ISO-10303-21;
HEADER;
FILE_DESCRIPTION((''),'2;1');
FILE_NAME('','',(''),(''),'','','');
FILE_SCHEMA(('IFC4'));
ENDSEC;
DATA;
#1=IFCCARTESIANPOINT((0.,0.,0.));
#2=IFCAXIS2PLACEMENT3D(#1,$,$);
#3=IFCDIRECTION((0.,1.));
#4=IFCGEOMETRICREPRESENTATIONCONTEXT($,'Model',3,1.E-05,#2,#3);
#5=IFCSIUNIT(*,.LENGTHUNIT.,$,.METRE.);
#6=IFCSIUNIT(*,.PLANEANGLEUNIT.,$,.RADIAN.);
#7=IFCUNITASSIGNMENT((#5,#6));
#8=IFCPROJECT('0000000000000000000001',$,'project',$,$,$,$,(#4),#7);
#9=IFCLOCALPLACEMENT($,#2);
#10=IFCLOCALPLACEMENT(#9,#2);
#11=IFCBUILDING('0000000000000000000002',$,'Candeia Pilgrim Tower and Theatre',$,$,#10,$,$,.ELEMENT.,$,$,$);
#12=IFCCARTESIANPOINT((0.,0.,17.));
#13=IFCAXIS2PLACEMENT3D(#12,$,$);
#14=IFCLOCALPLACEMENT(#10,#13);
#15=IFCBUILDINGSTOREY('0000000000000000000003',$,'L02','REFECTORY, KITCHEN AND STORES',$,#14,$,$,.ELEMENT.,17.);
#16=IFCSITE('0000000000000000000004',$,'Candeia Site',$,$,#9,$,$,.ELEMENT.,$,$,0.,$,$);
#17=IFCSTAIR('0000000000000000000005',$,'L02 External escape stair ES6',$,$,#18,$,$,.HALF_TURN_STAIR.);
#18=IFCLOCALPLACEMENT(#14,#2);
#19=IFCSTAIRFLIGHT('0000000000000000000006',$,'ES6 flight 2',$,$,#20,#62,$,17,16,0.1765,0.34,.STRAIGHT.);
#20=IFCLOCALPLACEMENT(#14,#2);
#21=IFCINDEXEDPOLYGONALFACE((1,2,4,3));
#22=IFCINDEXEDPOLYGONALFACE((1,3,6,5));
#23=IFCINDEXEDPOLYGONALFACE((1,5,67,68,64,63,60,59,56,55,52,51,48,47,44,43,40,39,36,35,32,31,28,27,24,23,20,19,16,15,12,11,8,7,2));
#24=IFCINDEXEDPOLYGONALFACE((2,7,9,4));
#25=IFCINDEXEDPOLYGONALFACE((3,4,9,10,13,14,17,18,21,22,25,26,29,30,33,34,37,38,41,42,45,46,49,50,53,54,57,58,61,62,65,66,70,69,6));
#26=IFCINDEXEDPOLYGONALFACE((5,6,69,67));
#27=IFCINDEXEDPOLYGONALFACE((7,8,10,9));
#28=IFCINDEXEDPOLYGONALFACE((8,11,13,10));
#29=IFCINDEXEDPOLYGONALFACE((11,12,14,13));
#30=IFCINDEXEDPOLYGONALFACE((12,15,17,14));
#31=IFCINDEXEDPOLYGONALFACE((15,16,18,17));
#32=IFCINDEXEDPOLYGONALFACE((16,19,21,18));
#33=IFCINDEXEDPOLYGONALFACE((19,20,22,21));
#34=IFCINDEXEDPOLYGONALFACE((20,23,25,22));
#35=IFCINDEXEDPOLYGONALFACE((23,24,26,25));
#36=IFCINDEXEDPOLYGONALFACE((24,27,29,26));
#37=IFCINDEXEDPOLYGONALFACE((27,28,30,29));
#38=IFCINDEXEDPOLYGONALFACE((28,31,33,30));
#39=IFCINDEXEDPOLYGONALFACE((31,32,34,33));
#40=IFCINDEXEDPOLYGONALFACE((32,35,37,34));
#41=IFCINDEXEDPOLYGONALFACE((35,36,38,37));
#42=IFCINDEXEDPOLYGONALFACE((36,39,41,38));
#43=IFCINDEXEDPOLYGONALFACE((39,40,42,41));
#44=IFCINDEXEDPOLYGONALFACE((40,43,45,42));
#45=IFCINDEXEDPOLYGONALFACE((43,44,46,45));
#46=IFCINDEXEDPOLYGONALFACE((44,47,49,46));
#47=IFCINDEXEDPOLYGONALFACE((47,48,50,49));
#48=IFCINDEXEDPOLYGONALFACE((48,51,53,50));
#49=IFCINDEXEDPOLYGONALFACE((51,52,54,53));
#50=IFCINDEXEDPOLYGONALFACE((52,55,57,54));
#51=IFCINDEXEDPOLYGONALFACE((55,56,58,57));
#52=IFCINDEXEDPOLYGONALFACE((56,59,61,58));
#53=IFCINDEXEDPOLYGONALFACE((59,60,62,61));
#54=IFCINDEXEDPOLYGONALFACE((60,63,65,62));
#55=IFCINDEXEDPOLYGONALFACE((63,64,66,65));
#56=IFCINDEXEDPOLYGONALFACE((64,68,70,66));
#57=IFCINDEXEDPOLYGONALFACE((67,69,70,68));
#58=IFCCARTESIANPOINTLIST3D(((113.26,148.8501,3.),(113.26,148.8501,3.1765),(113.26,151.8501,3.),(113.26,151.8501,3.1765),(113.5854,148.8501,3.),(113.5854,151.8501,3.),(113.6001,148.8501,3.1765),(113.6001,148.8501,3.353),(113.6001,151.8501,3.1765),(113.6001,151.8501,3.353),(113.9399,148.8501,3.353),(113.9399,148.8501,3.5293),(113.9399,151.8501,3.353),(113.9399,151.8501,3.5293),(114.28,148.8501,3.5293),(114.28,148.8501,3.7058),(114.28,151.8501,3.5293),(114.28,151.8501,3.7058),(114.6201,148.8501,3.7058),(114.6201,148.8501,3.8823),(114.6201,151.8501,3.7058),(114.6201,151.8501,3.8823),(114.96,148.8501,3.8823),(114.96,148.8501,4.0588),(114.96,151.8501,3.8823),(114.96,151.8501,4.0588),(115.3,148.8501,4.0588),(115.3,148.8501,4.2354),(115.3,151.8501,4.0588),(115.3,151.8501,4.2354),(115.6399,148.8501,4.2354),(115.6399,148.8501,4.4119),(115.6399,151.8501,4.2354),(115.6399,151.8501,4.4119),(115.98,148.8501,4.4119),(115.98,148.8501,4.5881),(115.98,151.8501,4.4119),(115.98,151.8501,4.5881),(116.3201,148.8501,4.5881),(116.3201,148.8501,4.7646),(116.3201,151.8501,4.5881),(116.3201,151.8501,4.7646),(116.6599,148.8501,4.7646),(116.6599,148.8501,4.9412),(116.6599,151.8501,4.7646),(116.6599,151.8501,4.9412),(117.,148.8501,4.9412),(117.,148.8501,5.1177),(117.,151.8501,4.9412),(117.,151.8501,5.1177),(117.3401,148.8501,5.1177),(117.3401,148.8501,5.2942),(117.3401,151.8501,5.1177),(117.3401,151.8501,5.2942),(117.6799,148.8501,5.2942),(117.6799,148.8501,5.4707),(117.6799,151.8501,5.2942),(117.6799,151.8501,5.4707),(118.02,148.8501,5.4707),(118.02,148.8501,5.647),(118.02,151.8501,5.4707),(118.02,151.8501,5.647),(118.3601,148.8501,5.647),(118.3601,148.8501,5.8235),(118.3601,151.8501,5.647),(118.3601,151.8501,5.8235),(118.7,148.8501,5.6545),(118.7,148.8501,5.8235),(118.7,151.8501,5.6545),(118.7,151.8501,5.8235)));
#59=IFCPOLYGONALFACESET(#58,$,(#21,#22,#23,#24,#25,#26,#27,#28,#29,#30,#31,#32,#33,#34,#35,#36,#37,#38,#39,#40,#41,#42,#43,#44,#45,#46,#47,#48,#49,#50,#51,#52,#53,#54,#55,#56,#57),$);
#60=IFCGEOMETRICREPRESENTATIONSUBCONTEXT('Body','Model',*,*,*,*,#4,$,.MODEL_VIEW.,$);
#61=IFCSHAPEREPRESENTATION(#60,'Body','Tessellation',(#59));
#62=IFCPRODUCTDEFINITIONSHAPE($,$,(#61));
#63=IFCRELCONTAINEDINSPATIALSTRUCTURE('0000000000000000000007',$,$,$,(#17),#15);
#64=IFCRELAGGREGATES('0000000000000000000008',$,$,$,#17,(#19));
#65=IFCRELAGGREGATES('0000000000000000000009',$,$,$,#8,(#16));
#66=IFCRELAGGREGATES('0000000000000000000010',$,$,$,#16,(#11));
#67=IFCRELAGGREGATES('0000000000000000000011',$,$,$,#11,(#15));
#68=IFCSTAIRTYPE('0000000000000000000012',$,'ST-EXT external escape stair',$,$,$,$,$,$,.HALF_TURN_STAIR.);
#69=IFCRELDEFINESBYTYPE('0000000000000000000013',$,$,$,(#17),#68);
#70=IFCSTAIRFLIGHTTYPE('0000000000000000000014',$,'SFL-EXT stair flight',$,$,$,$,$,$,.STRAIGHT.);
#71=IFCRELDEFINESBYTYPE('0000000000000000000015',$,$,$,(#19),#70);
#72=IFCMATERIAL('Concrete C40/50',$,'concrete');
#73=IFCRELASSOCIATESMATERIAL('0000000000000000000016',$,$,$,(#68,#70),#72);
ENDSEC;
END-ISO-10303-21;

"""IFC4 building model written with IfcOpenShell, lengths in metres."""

from ifc_helpers import new_model, si_unit, direction, frame, origin, place, context, subcontext, project, spatial, polyline, outline, extrude, material, type_object, element, aggregate, save


model = new_model("IFC4")

# Units and contexts
model_context = context("Model", 3, precision=1e-05, world=origin(), true_north=direction((0.0, 1.0)))
body_context = subcontext(model_context, "Body", "Model", "MODEL_VIEW")
ifc_project = project(units=[si_unit("LENGTHUNIT", "METRE"), si_unit("PLANEANGLEUNIT", "RADIAN")], contexts=[model_context])

# Site, building, storey
site_placement = place(None, origin())
site = spatial("IfcSite", under=ifc_project, at=site_placement, Name="Candeia Site", CompositionType="ELEMENT", RefElevation=0.0)
building_placement = place(site_placement, origin())
building = spatial("IfcBuilding", under=site, at=building_placement, Name="Candeia Pilgrim Tower and Theatre", CompositionType="ELEMENT")
storey_placement = place(building_placement, frame((0.0, 0.0, 17.0)))
storey = spatial("IfcBuildingStorey", under=building, at=storey_placement, Name="L02", Description="REFECTORY, KITCHEN AND STORES", CompositionType="ELEMENT", Elevation=17.0)

# Shared definitions
ifc_material_1 = material(Name="Concrete C40/50", Category="concrete")

# Stair, stair flight
stair_type = type_object("IfcStairType", Name="ST-EXT external escape stair", PredefinedType="HALF_TURN_STAIR", material=ifc_material_1)
stair_flight_type = type_object("IfcStairFlightType", Name="SFL-EXT stair flight", PredefinedType="STRAIGHT", material=ifc_material_1)
stair_1_placement = place(storey_placement, origin())
stair_1 = element("IfcStair", 1, at=stair_1_placement, inside=storey, type_object=stair_type, Name="L02 External escape stair ES6", PredefinedType="HALF_TURN_STAIR")
stair_flight_1_placement = place(storey_placement, frame((113.26, 150.3501, 3.0), z_axis=(0.0, 0.0, 1.0), x_axis=(1.0, 0.0, 0.0)))
stair_flight_1 = element("IfcStairFlight", 2, at=stair_flight_1_placement, type_object=stair_flight_type, Name="ES6 flight 2", NumberOfRisers=17, NumberOfTreads=16, PredefinedType="STRAIGHT", RiserHeight=0.1765, TreadLength=0.34, context=body_context, shape_type="SweptSolid", body=[
    extrude(outline(polyline([(0.0, 0.0), (0.0, 0.1765), (0.3401, 0.1765), (0.3401, 0.353), (0.6799, 0.353), (0.6799, 0.5293), (1.02, 0.5293), (1.02, 0.7058), (1.3601, 0.7058), (1.3601, 0.8823), (1.7, 0.8823), (1.7, 1.0588), (2.04, 1.0588), (2.04, 1.2354), (2.3799, 1.2354), (2.3799, 1.4119), (2.72, 1.4119), (2.72, 1.5881), (3.0601, 1.5881), (3.0601, 1.7646), (3.3999, 1.7646), (3.3999, 1.9412), (3.74, 1.9412), (3.74, 2.1177), (4.0801, 2.1177), (4.0801, 2.2942), (4.4199, 2.2942), (4.4199, 2.4707), (4.76, 2.4707), (4.76, 2.647), (5.1001, 2.647), (5.1001, 2.8235), (5.4399, 2.8235), (5.4399, 3.0), (5.4399, 2.6545), (0.3254, 0.0), (0.0, 0.0)])), frame((0.0, 1.5, 0.0), z_axis=(0.0, -1.0, 0.0), x_axis=(1.0, 0.0, 0.0)), (0.0, 0.0, 1.0), 3.0),
])
aggregate(stair_1, [stair_flight_1])

save(model, "model.ifc")
